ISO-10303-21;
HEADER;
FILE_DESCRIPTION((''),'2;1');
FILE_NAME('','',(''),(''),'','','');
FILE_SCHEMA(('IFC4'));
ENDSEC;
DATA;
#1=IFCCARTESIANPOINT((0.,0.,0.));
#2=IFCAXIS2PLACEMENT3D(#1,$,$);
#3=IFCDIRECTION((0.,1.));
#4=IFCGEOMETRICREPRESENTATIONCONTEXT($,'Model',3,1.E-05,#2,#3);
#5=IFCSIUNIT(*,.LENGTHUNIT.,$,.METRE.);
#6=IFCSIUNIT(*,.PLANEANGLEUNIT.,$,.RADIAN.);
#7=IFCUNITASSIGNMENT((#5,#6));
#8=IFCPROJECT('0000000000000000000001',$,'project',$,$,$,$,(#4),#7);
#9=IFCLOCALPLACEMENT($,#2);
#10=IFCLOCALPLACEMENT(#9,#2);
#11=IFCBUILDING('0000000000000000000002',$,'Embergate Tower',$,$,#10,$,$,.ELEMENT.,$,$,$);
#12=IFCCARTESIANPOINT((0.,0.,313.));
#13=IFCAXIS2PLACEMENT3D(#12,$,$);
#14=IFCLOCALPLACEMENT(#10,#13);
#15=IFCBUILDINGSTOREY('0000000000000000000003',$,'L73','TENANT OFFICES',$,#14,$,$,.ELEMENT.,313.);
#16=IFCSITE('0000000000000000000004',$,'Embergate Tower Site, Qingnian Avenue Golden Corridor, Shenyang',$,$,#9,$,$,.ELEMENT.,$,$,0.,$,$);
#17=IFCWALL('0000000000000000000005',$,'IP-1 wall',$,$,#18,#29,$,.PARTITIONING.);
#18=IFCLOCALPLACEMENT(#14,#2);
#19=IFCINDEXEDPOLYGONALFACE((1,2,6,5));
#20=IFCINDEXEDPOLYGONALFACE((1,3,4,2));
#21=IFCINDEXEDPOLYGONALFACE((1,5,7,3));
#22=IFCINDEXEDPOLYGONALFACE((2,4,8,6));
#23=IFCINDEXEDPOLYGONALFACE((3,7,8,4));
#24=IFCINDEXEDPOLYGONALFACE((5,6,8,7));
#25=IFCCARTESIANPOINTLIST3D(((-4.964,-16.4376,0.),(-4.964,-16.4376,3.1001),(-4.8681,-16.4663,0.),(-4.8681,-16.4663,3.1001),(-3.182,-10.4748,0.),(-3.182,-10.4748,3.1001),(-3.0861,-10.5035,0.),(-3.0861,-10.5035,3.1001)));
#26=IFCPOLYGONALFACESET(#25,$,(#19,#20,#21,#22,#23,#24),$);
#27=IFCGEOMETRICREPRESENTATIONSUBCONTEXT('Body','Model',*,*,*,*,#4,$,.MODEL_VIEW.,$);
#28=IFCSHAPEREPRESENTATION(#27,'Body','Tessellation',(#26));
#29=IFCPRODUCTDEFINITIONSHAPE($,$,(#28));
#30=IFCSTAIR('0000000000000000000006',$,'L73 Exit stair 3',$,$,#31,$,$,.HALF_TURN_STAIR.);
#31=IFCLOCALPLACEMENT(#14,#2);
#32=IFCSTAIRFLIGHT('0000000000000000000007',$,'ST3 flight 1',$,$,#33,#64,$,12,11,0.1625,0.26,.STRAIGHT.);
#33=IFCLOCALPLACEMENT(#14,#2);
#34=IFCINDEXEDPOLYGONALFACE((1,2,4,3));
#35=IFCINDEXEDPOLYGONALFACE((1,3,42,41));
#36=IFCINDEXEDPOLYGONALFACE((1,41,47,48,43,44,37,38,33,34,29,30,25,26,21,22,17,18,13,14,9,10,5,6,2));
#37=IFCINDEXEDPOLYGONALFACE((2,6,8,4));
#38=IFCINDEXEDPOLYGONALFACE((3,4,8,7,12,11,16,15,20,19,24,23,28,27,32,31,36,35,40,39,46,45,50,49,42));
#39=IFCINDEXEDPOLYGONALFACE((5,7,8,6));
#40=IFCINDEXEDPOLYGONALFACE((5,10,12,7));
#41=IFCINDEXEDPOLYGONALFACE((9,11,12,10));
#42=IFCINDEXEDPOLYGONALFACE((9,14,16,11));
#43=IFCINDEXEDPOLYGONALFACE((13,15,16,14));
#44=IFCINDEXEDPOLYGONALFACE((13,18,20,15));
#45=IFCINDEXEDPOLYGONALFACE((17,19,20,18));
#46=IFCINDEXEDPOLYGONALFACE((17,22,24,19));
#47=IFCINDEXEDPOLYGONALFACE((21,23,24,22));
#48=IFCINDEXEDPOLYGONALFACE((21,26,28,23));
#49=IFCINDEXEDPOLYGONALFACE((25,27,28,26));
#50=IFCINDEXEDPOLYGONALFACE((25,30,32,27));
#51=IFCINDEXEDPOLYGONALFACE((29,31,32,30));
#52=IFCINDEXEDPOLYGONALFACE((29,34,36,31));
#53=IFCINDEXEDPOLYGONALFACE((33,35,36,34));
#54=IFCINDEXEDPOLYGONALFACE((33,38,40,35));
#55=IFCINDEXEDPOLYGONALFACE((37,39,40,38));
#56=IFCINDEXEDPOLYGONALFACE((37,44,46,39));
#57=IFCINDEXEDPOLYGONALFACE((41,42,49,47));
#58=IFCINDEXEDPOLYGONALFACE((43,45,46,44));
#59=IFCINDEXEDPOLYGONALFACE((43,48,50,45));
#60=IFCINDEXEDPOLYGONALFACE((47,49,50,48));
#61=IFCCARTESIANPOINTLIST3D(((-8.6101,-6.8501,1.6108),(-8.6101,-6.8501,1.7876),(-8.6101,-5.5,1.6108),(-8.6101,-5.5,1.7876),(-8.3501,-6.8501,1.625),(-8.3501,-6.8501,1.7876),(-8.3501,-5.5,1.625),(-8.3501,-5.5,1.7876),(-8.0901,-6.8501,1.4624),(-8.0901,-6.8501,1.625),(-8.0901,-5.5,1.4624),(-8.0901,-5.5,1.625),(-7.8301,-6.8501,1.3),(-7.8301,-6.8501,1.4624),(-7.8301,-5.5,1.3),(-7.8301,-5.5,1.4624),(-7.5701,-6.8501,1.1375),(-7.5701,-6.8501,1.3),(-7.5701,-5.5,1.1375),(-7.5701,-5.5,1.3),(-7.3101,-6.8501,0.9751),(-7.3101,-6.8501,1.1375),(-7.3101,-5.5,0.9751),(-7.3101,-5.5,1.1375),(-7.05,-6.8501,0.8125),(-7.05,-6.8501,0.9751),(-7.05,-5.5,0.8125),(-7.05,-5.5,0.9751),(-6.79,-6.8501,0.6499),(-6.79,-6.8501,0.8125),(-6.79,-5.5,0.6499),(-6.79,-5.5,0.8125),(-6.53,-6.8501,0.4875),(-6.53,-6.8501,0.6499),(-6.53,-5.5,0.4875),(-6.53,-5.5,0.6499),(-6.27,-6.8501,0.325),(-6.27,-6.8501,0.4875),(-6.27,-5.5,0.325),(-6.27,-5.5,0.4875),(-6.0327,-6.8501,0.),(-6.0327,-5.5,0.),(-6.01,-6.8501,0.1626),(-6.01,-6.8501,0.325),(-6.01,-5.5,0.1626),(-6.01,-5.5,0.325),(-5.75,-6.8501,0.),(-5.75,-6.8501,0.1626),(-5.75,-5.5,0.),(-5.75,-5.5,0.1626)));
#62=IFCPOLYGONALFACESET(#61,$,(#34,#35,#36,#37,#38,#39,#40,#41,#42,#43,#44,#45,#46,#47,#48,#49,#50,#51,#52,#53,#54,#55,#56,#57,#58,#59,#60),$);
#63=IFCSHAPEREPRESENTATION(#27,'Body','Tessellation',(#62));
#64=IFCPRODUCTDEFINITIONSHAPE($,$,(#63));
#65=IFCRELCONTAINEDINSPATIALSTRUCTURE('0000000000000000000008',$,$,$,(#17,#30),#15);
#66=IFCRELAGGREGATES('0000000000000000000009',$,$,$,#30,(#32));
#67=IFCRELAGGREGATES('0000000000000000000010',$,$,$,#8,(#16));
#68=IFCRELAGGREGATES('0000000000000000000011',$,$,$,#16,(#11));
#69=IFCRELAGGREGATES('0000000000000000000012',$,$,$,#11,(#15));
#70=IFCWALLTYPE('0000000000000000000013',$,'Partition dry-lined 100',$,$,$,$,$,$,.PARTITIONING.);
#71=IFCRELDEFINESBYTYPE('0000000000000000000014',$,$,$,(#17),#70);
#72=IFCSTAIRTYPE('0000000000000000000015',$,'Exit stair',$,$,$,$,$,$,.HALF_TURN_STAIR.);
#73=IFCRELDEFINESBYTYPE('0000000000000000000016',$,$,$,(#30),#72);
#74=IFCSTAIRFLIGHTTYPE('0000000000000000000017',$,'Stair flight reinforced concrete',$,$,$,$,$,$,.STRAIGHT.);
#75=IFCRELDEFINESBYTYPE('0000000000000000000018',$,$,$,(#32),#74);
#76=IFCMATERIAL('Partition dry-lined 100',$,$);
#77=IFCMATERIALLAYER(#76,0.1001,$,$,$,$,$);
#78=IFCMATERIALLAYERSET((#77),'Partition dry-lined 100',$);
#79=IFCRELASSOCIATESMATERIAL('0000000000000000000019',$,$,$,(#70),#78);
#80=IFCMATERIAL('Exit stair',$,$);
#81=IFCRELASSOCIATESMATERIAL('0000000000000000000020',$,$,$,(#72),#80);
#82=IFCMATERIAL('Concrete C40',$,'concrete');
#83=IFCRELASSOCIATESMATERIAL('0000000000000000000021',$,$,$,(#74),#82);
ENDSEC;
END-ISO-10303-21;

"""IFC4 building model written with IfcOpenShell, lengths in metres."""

from ifc_helpers import new_model, si_unit, direction, frame, frame_2d, origin, place, context, subcontext, project, spatial, polyline, rectangle, outline, extrude, source, transform, mapped, material, layer, layer_set, type_object, element, aggregate, save


model = new_model("IFC4")

# Units and contexts
model_context = context("Model", 3, precision=1e-05, world=origin(), true_north=direction((0.0, 1.0)))
body_context = subcontext(model_context, "Body", "Model", "MODEL_VIEW")
ifc_project = project(units=[si_unit("LENGTHUNIT", "METRE"), si_unit("PLANEANGLEUNIT", "RADIAN")], contexts=[model_context])

# Site, building, storey
site_placement = place(None, origin())
site = spatial("IfcSite", under=ifc_project, at=site_placement, Name="Embergate Tower Site, Qingnian Avenue Golden Corridor, Shenyang", CompositionType="ELEMENT", RefElevation=0.0)
building_placement = place(site_placement, origin())
building = spatial("IfcBuilding", under=site, at=building_placement, Name="Embergate Tower", CompositionType="ELEMENT")
storey_placement = place(building_placement, frame((0.0, 0.0, 313.0)))
storey = spatial("IfcBuildingStorey", under=building, at=storey_placement, Name="L73", Description="TENANT OFFICES", CompositionType="ELEMENT", Elevation=313.0)

# Wall
ifc_material_1 = material(Name="Partition dry-lined 100")
ifc_layer_1 = layer(ifc_material_1, 0.1001)
ifc_layer_set_1 = layer_set([ifc_layer_1], Name="Partition dry-lined 100")
wall_type_1 = type_object("IfcWallType", Name="Partition dry-lined 100", PredefinedType="PARTITIONING", material=ifc_layer_set_1)
shared_shape_1 = source(origin(), body_context, "Body", "SweptSolid", [
    extrude(rectangle(XDim=6.2234, YDim=0.1001, at=frame_2d((3.1118, 0.0))), origin(), (0.0, 0.0, 1.0), 3.1001),
])
wall_1_placement = place(storey_placement, frame((-3.134, -10.489, 0.0), z_axis=(0.0, 0.0, 1.0), x_axis=(-0.286333, -0.95813, 0.0)))
element("IfcWall", 1, at=wall_1_placement, inside=storey, type_object=wall_type_1, Name="IP-1 wall", PredefinedType="PARTITIONING", context=body_context, shape_type="MappedRepresentation", body=[
    mapped(shared_shape_1, transform((0.0, 0.0, 0.0))),
])

# Stair, stair flight
ifc_material_2 = material(Name="Exit stair")
stair_type = type_object("IfcStairType", Name="Exit stair", PredefinedType="HALF_TURN_STAIR", material=ifc_material_2)
stair_placement = place(storey_placement, origin())
stair = element("IfcStair", 2, at=stair_placement, inside=storey, type_object=stair_type, Name="L73 Exit stair 3", PredefinedType="HALF_TURN_STAIR")
ifc_material_3 = material(Name="Concrete C40", Category="concrete")
stair_flight_type = type_object("IfcStairFlightType", Name="Stair flight reinforced concrete", PredefinedType="STRAIGHT", material=ifc_material_3)
shared_shape_2 = source(origin(), body_context, "Body", "SweptSolid", [
    extrude(outline(polyline([(0.0, 0.0), (0.0, 0.1626), (0.26, 0.1626), (0.26, 0.325), (0.52, 0.325), (0.52, 0.4875), (0.78, 0.4875), (0.78, 0.6499), (1.04, 0.6499), (1.04, 0.8125), (1.3, 0.8125), (1.3, 0.9751), (1.5601, 0.9751), (1.5601, 1.1375), (1.8201, 1.1375), (1.8201, 1.3), (2.0801, 1.3), (2.0801, 1.4624), (2.3401, 1.4624), (2.3401, 1.625), (2.6001, 1.625), (2.6001, 1.7876), (2.8601, 1.7876), (2.8601, 1.95), (2.8601, 1.6108), (0.2827, 0.0), (0.0, 0.0)])), frame((0.0, 0.675, 0.0), z_axis=(0.0, -1.0, 0.0), x_axis=(1.0, 0.0, 0.0)), (0.0, 0.0, 1.0), 1.3501),
])
stair_flight_placement = place(storey_placement, frame((-5.75, -6.175, 0.0), z_axis=(0.0, 0.0, 1.0), x_axis=(-1.0, 0.0, 0.0)))
stair_flight = element("IfcStairFlight", 3, at=stair_flight_placement, type_object=stair_flight_type, Name="ST3 flight 1", NumberOfRisers=12, NumberOfTreads=11, PredefinedType="STRAIGHT", RiserHeight=0.1625, TreadLength=0.26, context=body_context, shape_type="MappedRepresentation", body=[
    mapped(shared_shape_2, transform((0.0, 0.0, 0.0))),
])
aggregate(stair, [stair_flight])

save(model, "model.ifc")
